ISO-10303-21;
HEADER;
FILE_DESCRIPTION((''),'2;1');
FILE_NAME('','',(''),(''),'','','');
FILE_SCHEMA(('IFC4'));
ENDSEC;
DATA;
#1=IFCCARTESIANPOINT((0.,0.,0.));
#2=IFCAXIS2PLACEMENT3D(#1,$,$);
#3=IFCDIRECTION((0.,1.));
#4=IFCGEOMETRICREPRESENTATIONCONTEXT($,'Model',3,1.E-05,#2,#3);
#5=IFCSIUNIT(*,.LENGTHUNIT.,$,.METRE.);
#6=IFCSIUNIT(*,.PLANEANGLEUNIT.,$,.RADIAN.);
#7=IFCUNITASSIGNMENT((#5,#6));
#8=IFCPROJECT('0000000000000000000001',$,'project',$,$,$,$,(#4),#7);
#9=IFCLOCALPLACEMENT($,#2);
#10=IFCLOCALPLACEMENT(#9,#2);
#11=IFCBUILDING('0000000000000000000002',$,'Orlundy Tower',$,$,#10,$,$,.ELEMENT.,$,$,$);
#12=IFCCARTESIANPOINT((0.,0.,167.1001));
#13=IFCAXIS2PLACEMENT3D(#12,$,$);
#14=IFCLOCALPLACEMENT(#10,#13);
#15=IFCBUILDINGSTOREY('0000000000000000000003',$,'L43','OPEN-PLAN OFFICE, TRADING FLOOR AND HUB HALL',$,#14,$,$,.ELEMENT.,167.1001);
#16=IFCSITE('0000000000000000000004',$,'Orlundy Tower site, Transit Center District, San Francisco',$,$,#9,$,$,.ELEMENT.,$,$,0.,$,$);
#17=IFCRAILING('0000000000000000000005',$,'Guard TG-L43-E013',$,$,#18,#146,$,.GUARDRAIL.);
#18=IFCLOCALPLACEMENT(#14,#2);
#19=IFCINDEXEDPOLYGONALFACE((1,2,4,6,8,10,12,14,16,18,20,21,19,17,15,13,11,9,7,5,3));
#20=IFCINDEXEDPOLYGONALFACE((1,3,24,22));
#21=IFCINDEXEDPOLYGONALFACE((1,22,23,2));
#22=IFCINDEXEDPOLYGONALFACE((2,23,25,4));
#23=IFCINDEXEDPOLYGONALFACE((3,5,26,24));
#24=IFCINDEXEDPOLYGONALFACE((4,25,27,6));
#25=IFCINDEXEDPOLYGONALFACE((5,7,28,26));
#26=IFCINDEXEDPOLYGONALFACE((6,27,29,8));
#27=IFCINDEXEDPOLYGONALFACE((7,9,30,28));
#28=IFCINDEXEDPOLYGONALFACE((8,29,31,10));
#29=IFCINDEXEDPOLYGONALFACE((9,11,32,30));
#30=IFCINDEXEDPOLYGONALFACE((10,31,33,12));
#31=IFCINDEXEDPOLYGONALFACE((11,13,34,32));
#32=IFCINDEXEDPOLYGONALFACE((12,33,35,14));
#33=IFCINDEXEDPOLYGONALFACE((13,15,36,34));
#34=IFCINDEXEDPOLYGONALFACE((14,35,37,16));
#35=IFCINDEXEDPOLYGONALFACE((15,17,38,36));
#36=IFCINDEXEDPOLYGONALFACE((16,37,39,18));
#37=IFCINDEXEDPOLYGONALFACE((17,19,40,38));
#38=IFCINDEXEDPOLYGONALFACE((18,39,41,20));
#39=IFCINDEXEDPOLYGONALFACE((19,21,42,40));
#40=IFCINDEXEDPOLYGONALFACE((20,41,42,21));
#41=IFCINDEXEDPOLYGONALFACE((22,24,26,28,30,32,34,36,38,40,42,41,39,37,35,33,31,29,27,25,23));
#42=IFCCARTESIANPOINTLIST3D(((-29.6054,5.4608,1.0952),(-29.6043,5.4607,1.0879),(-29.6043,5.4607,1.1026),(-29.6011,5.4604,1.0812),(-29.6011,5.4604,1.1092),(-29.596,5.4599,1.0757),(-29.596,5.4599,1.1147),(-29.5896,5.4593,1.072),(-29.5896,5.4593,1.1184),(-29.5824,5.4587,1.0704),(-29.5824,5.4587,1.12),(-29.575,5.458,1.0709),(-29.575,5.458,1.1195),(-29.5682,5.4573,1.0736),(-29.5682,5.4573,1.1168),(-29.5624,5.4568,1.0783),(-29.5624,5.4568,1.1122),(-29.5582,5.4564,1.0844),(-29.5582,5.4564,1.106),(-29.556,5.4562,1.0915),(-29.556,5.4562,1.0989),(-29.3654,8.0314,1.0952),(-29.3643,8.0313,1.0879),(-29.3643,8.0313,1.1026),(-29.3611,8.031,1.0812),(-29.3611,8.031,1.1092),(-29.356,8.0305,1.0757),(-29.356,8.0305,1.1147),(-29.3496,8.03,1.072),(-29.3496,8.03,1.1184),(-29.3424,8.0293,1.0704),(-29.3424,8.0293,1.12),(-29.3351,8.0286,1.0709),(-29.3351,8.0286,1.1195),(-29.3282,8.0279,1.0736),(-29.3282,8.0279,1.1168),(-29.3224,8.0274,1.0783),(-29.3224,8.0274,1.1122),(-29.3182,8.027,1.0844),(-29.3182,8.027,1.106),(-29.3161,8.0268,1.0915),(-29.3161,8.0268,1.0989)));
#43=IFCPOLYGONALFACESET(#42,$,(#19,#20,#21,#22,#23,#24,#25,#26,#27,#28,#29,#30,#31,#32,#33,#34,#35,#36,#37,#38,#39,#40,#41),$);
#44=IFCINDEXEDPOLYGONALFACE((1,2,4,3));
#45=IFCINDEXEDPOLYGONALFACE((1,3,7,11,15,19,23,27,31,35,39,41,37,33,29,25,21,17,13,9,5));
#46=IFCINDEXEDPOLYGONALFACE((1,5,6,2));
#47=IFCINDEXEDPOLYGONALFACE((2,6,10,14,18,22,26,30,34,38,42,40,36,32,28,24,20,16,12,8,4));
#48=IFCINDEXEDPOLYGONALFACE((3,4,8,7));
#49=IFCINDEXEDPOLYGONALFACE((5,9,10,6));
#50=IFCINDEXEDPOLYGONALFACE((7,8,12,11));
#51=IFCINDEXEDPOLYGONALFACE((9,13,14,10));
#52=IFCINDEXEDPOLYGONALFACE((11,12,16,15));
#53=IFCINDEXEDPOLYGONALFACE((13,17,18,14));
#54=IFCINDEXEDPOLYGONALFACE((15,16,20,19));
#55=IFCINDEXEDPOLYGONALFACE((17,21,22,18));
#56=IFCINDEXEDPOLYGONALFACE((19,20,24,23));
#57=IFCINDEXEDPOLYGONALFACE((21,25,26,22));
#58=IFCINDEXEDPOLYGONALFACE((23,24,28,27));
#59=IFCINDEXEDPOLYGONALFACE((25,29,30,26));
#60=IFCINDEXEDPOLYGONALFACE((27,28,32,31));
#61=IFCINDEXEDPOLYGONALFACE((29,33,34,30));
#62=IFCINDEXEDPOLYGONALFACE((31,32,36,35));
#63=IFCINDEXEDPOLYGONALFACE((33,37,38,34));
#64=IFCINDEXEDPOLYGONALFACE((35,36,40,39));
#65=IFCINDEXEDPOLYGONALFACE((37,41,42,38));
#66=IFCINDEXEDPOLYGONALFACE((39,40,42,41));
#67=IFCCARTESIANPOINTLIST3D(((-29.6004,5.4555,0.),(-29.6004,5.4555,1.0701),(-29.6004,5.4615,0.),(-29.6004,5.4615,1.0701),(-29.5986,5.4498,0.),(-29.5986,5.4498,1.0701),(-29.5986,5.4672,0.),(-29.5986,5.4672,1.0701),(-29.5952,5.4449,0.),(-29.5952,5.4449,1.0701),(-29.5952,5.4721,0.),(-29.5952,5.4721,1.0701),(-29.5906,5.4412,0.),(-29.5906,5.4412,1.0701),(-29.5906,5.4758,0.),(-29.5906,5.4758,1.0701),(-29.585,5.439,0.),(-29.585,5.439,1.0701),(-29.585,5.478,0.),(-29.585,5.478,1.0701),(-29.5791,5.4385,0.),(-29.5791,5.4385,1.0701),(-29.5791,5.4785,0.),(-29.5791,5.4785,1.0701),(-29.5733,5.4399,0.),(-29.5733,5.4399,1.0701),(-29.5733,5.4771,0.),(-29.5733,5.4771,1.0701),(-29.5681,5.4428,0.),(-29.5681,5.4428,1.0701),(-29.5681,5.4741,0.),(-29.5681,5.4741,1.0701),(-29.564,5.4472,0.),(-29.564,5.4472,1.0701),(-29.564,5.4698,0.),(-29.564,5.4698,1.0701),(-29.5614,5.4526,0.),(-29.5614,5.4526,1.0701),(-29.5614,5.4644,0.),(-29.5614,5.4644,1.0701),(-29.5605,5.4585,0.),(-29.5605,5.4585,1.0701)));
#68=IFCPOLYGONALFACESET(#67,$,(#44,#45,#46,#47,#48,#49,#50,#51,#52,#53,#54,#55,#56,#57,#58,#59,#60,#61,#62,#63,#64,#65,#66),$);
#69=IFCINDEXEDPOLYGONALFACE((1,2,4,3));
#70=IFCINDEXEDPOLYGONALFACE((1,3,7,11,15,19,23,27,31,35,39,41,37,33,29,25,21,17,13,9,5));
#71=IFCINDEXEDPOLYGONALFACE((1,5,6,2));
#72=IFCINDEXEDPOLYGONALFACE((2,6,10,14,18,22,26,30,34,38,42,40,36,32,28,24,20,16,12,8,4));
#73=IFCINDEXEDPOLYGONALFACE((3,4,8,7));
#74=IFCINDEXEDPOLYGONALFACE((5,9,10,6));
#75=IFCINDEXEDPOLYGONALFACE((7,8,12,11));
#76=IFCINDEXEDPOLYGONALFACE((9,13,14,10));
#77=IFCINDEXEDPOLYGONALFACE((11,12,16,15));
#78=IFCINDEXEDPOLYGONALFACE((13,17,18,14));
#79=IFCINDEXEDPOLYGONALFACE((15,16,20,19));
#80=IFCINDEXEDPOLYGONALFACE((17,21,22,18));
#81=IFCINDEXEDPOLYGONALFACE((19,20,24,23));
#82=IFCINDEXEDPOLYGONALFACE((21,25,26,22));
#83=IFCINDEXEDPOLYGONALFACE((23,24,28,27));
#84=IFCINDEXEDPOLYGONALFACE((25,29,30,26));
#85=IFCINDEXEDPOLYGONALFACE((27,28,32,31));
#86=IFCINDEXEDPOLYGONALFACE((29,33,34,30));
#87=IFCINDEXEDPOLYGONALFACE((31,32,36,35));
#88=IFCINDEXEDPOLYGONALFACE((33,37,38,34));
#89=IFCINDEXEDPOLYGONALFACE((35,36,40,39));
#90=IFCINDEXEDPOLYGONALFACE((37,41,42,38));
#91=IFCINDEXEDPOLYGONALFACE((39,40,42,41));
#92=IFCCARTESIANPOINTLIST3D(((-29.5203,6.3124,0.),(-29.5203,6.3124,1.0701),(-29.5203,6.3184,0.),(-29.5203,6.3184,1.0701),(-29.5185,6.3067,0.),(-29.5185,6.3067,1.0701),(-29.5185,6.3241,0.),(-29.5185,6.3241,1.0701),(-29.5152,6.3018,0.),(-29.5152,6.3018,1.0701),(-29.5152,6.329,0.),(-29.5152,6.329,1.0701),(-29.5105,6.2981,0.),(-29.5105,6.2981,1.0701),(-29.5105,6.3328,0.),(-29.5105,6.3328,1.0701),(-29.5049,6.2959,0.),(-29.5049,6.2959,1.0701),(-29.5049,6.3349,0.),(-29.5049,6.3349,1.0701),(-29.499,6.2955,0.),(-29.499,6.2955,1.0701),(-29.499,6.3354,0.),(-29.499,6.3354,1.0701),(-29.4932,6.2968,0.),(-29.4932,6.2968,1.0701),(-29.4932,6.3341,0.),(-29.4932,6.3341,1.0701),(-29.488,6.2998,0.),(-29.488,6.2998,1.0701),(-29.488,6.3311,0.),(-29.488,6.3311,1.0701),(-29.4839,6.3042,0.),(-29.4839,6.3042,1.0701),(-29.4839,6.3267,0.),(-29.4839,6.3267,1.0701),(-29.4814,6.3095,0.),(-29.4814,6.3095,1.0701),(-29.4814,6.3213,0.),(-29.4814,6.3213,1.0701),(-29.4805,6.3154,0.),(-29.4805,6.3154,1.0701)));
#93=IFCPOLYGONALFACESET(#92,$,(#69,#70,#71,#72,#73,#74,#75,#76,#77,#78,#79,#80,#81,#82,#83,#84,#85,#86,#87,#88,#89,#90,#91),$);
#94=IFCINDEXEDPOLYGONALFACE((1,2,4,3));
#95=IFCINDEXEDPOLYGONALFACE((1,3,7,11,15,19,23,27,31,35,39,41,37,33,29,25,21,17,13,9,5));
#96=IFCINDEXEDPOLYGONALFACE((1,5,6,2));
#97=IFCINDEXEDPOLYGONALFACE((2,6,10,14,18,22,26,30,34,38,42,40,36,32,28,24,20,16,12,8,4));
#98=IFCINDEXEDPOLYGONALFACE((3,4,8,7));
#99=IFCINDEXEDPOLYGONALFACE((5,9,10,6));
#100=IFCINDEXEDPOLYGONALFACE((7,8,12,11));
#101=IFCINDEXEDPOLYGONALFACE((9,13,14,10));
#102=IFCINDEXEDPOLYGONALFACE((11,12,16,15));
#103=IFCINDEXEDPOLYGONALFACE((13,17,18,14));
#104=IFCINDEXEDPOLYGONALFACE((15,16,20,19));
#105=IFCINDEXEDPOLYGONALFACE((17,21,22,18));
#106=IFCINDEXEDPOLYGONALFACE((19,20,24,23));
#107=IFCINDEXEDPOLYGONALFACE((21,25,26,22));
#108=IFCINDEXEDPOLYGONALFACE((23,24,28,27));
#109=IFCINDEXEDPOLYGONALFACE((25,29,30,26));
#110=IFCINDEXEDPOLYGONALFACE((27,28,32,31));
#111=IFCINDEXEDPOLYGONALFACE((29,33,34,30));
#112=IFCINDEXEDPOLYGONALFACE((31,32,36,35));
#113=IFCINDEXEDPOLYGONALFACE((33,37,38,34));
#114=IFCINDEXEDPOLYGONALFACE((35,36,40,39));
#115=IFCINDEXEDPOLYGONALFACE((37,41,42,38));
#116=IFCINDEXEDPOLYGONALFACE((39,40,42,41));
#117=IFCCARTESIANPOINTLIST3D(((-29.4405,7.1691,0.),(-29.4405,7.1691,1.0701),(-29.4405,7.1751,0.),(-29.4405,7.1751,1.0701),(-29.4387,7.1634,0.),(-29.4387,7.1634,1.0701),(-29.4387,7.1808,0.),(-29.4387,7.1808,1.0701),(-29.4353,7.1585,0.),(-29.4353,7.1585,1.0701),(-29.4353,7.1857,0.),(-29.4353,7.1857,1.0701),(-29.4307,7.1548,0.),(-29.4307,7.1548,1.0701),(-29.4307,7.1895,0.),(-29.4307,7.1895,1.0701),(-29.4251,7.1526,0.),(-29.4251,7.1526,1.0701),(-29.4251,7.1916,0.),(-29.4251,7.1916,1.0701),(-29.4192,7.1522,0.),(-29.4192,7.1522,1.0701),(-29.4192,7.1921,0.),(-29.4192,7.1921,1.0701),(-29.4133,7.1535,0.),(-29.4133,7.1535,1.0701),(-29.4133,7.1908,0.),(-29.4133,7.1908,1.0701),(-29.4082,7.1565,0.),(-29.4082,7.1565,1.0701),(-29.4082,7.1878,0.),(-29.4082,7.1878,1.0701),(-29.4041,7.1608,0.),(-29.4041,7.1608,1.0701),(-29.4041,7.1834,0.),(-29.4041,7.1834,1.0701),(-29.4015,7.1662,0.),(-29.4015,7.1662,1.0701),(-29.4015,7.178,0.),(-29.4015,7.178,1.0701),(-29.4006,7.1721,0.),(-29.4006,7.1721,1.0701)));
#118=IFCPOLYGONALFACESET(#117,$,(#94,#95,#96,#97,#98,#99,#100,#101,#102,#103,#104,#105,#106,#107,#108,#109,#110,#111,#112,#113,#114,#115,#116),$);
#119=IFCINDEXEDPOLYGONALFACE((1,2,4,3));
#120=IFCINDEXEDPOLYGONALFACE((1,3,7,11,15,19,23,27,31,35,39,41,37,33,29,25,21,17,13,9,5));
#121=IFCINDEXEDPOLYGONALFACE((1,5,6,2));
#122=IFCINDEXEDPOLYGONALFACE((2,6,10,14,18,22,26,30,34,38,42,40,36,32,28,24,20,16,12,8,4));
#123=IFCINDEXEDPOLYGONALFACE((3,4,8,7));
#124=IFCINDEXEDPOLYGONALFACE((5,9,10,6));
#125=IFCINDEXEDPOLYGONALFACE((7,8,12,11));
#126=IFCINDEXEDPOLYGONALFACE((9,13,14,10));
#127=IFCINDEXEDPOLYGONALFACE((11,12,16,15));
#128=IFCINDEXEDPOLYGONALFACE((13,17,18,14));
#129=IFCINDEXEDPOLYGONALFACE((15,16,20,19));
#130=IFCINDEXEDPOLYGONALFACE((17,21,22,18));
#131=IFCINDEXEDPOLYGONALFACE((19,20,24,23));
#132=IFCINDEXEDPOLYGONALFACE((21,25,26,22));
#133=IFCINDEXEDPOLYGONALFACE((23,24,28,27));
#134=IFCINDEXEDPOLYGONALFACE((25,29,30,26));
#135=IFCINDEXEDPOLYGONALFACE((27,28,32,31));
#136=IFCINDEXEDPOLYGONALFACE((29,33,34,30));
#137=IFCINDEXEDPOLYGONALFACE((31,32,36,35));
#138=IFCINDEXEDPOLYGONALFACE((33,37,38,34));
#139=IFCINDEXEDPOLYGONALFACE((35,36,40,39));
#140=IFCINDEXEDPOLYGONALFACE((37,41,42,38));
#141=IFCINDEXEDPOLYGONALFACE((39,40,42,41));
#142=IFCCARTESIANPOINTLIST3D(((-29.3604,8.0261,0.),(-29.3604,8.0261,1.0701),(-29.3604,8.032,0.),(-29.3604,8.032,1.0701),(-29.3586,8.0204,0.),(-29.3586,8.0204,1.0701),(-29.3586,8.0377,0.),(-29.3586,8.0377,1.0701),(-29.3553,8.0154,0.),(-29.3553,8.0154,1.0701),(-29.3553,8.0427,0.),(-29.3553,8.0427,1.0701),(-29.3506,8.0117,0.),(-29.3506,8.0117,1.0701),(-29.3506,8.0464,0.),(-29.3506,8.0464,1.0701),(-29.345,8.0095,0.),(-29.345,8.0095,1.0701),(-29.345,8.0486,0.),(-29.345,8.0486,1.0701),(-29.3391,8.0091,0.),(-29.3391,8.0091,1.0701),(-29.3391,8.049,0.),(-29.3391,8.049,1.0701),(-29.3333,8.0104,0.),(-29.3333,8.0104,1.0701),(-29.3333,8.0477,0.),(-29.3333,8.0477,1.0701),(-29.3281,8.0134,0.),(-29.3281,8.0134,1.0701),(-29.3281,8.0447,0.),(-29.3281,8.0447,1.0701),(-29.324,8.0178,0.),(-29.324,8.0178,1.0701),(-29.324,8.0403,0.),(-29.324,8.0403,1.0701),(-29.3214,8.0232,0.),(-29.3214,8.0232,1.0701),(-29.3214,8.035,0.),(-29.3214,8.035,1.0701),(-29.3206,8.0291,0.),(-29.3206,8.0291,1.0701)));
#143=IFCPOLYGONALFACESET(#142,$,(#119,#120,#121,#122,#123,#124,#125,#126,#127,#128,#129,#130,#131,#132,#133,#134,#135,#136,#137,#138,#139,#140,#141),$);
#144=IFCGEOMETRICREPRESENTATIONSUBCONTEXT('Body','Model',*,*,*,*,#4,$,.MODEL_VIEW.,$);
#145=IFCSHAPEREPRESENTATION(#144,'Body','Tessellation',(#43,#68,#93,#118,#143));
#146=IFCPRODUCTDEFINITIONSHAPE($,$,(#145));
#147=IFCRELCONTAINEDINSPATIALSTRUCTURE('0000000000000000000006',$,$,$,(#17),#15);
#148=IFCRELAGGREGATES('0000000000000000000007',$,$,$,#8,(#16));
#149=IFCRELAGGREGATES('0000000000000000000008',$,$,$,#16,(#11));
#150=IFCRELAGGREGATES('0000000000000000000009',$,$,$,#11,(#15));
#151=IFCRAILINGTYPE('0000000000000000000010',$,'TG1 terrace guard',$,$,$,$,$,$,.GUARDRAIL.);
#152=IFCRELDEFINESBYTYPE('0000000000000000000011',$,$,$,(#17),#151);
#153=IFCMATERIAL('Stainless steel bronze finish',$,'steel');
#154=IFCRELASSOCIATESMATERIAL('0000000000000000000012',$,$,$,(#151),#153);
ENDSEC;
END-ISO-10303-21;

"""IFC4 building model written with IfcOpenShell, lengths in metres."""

from ifc_helpers import new_model, si_unit, direction, frame, origin, origin_2d, place, context, subcontext, project, spatial, circle, extrude, material, type_object, element, save


model = new_model("IFC4")

# Units and contexts
model_context = context("Model", 3, precision=1e-05, world=origin(), true_north=direction((0.0, 1.0)))
body_context = subcontext(model_context, "Body", "Model", "MODEL_VIEW")
ifc_project = project(units=[si_unit("LENGTHUNIT", "METRE"), si_unit("PLANEANGLEUNIT", "RADIAN")], contexts=[model_context])

# Site, building, storey
site_placement = place(None, origin())
site = spatial("IfcSite", under=ifc_project, at=site_placement, Name="Orlundy Tower site, Transit Center District, San Francisco", CompositionType="ELEMENT", RefElevation=0.0)
building_placement = place(site_placement, origin())
building = spatial("IfcBuilding", under=site, at=building_placement, Name="Orlundy Tower", CompositionType="ELEMENT")
storey_placement = place(building_placement, frame((0.0, 0.0, 167.1001)))
storey = spatial("IfcBuildingStorey", under=building, at=storey_placement, Name="L43", Description="OPEN-PLAN OFFICE, TRADING FLOOR AND HUB HALL", CompositionType="ELEMENT", Elevation=167.1001)

# Railing
ifc_material_1 = material(Name="Stainless steel bronze finish", Category="steel")
railing_type_1 = type_object("IfcRailingType", Name="TG1 terrace guard", PredefinedType="GUARDRAIL", material=ifc_material_1)
railing_1_placement = place(storey_placement, frame((-29.5806, 5.4585, 0.0)))
element("IfcRailing", 1, at=railing_1_placement, inside=storey, type_object=railing_type_1, Name="Guard TG-L43-E013", PredefinedType="GUARDRAIL", context=body_context, shape_type="SweptSolid", body=[
    extrude(circle(Radius=0.0249, at=origin_2d()), frame((0.0, 0.0, 1.0952), z_axis=(0.092957, 0.99567, 0.0), x_axis=(-0.99567, 0.092957, 0.0)), (0.0, 0.0, 1.0), 2.5818),
    extrude(circle(Radius=0.02, at=origin_2d()), origin(), (0.0, 0.0, 1.0), 1.0701),
    extrude(circle(Radius=0.02, at=origin_2d()), frame((0.0801, 0.8569, 0.0)), (0.0, 0.0, 1.0), 1.0701),
    extrude(circle(Radius=0.02, at=origin_2d()), frame((0.1599, 1.7136, 0.0)), (0.0, 0.0, 1.0), 1.0701),
    extrude(circle(Radius=0.02, at=origin_2d()), frame((0.24, 2.5706, 0.0)), (0.0, 0.0, 1.0), 1.0701),
])

save(model, "model.ifc")
